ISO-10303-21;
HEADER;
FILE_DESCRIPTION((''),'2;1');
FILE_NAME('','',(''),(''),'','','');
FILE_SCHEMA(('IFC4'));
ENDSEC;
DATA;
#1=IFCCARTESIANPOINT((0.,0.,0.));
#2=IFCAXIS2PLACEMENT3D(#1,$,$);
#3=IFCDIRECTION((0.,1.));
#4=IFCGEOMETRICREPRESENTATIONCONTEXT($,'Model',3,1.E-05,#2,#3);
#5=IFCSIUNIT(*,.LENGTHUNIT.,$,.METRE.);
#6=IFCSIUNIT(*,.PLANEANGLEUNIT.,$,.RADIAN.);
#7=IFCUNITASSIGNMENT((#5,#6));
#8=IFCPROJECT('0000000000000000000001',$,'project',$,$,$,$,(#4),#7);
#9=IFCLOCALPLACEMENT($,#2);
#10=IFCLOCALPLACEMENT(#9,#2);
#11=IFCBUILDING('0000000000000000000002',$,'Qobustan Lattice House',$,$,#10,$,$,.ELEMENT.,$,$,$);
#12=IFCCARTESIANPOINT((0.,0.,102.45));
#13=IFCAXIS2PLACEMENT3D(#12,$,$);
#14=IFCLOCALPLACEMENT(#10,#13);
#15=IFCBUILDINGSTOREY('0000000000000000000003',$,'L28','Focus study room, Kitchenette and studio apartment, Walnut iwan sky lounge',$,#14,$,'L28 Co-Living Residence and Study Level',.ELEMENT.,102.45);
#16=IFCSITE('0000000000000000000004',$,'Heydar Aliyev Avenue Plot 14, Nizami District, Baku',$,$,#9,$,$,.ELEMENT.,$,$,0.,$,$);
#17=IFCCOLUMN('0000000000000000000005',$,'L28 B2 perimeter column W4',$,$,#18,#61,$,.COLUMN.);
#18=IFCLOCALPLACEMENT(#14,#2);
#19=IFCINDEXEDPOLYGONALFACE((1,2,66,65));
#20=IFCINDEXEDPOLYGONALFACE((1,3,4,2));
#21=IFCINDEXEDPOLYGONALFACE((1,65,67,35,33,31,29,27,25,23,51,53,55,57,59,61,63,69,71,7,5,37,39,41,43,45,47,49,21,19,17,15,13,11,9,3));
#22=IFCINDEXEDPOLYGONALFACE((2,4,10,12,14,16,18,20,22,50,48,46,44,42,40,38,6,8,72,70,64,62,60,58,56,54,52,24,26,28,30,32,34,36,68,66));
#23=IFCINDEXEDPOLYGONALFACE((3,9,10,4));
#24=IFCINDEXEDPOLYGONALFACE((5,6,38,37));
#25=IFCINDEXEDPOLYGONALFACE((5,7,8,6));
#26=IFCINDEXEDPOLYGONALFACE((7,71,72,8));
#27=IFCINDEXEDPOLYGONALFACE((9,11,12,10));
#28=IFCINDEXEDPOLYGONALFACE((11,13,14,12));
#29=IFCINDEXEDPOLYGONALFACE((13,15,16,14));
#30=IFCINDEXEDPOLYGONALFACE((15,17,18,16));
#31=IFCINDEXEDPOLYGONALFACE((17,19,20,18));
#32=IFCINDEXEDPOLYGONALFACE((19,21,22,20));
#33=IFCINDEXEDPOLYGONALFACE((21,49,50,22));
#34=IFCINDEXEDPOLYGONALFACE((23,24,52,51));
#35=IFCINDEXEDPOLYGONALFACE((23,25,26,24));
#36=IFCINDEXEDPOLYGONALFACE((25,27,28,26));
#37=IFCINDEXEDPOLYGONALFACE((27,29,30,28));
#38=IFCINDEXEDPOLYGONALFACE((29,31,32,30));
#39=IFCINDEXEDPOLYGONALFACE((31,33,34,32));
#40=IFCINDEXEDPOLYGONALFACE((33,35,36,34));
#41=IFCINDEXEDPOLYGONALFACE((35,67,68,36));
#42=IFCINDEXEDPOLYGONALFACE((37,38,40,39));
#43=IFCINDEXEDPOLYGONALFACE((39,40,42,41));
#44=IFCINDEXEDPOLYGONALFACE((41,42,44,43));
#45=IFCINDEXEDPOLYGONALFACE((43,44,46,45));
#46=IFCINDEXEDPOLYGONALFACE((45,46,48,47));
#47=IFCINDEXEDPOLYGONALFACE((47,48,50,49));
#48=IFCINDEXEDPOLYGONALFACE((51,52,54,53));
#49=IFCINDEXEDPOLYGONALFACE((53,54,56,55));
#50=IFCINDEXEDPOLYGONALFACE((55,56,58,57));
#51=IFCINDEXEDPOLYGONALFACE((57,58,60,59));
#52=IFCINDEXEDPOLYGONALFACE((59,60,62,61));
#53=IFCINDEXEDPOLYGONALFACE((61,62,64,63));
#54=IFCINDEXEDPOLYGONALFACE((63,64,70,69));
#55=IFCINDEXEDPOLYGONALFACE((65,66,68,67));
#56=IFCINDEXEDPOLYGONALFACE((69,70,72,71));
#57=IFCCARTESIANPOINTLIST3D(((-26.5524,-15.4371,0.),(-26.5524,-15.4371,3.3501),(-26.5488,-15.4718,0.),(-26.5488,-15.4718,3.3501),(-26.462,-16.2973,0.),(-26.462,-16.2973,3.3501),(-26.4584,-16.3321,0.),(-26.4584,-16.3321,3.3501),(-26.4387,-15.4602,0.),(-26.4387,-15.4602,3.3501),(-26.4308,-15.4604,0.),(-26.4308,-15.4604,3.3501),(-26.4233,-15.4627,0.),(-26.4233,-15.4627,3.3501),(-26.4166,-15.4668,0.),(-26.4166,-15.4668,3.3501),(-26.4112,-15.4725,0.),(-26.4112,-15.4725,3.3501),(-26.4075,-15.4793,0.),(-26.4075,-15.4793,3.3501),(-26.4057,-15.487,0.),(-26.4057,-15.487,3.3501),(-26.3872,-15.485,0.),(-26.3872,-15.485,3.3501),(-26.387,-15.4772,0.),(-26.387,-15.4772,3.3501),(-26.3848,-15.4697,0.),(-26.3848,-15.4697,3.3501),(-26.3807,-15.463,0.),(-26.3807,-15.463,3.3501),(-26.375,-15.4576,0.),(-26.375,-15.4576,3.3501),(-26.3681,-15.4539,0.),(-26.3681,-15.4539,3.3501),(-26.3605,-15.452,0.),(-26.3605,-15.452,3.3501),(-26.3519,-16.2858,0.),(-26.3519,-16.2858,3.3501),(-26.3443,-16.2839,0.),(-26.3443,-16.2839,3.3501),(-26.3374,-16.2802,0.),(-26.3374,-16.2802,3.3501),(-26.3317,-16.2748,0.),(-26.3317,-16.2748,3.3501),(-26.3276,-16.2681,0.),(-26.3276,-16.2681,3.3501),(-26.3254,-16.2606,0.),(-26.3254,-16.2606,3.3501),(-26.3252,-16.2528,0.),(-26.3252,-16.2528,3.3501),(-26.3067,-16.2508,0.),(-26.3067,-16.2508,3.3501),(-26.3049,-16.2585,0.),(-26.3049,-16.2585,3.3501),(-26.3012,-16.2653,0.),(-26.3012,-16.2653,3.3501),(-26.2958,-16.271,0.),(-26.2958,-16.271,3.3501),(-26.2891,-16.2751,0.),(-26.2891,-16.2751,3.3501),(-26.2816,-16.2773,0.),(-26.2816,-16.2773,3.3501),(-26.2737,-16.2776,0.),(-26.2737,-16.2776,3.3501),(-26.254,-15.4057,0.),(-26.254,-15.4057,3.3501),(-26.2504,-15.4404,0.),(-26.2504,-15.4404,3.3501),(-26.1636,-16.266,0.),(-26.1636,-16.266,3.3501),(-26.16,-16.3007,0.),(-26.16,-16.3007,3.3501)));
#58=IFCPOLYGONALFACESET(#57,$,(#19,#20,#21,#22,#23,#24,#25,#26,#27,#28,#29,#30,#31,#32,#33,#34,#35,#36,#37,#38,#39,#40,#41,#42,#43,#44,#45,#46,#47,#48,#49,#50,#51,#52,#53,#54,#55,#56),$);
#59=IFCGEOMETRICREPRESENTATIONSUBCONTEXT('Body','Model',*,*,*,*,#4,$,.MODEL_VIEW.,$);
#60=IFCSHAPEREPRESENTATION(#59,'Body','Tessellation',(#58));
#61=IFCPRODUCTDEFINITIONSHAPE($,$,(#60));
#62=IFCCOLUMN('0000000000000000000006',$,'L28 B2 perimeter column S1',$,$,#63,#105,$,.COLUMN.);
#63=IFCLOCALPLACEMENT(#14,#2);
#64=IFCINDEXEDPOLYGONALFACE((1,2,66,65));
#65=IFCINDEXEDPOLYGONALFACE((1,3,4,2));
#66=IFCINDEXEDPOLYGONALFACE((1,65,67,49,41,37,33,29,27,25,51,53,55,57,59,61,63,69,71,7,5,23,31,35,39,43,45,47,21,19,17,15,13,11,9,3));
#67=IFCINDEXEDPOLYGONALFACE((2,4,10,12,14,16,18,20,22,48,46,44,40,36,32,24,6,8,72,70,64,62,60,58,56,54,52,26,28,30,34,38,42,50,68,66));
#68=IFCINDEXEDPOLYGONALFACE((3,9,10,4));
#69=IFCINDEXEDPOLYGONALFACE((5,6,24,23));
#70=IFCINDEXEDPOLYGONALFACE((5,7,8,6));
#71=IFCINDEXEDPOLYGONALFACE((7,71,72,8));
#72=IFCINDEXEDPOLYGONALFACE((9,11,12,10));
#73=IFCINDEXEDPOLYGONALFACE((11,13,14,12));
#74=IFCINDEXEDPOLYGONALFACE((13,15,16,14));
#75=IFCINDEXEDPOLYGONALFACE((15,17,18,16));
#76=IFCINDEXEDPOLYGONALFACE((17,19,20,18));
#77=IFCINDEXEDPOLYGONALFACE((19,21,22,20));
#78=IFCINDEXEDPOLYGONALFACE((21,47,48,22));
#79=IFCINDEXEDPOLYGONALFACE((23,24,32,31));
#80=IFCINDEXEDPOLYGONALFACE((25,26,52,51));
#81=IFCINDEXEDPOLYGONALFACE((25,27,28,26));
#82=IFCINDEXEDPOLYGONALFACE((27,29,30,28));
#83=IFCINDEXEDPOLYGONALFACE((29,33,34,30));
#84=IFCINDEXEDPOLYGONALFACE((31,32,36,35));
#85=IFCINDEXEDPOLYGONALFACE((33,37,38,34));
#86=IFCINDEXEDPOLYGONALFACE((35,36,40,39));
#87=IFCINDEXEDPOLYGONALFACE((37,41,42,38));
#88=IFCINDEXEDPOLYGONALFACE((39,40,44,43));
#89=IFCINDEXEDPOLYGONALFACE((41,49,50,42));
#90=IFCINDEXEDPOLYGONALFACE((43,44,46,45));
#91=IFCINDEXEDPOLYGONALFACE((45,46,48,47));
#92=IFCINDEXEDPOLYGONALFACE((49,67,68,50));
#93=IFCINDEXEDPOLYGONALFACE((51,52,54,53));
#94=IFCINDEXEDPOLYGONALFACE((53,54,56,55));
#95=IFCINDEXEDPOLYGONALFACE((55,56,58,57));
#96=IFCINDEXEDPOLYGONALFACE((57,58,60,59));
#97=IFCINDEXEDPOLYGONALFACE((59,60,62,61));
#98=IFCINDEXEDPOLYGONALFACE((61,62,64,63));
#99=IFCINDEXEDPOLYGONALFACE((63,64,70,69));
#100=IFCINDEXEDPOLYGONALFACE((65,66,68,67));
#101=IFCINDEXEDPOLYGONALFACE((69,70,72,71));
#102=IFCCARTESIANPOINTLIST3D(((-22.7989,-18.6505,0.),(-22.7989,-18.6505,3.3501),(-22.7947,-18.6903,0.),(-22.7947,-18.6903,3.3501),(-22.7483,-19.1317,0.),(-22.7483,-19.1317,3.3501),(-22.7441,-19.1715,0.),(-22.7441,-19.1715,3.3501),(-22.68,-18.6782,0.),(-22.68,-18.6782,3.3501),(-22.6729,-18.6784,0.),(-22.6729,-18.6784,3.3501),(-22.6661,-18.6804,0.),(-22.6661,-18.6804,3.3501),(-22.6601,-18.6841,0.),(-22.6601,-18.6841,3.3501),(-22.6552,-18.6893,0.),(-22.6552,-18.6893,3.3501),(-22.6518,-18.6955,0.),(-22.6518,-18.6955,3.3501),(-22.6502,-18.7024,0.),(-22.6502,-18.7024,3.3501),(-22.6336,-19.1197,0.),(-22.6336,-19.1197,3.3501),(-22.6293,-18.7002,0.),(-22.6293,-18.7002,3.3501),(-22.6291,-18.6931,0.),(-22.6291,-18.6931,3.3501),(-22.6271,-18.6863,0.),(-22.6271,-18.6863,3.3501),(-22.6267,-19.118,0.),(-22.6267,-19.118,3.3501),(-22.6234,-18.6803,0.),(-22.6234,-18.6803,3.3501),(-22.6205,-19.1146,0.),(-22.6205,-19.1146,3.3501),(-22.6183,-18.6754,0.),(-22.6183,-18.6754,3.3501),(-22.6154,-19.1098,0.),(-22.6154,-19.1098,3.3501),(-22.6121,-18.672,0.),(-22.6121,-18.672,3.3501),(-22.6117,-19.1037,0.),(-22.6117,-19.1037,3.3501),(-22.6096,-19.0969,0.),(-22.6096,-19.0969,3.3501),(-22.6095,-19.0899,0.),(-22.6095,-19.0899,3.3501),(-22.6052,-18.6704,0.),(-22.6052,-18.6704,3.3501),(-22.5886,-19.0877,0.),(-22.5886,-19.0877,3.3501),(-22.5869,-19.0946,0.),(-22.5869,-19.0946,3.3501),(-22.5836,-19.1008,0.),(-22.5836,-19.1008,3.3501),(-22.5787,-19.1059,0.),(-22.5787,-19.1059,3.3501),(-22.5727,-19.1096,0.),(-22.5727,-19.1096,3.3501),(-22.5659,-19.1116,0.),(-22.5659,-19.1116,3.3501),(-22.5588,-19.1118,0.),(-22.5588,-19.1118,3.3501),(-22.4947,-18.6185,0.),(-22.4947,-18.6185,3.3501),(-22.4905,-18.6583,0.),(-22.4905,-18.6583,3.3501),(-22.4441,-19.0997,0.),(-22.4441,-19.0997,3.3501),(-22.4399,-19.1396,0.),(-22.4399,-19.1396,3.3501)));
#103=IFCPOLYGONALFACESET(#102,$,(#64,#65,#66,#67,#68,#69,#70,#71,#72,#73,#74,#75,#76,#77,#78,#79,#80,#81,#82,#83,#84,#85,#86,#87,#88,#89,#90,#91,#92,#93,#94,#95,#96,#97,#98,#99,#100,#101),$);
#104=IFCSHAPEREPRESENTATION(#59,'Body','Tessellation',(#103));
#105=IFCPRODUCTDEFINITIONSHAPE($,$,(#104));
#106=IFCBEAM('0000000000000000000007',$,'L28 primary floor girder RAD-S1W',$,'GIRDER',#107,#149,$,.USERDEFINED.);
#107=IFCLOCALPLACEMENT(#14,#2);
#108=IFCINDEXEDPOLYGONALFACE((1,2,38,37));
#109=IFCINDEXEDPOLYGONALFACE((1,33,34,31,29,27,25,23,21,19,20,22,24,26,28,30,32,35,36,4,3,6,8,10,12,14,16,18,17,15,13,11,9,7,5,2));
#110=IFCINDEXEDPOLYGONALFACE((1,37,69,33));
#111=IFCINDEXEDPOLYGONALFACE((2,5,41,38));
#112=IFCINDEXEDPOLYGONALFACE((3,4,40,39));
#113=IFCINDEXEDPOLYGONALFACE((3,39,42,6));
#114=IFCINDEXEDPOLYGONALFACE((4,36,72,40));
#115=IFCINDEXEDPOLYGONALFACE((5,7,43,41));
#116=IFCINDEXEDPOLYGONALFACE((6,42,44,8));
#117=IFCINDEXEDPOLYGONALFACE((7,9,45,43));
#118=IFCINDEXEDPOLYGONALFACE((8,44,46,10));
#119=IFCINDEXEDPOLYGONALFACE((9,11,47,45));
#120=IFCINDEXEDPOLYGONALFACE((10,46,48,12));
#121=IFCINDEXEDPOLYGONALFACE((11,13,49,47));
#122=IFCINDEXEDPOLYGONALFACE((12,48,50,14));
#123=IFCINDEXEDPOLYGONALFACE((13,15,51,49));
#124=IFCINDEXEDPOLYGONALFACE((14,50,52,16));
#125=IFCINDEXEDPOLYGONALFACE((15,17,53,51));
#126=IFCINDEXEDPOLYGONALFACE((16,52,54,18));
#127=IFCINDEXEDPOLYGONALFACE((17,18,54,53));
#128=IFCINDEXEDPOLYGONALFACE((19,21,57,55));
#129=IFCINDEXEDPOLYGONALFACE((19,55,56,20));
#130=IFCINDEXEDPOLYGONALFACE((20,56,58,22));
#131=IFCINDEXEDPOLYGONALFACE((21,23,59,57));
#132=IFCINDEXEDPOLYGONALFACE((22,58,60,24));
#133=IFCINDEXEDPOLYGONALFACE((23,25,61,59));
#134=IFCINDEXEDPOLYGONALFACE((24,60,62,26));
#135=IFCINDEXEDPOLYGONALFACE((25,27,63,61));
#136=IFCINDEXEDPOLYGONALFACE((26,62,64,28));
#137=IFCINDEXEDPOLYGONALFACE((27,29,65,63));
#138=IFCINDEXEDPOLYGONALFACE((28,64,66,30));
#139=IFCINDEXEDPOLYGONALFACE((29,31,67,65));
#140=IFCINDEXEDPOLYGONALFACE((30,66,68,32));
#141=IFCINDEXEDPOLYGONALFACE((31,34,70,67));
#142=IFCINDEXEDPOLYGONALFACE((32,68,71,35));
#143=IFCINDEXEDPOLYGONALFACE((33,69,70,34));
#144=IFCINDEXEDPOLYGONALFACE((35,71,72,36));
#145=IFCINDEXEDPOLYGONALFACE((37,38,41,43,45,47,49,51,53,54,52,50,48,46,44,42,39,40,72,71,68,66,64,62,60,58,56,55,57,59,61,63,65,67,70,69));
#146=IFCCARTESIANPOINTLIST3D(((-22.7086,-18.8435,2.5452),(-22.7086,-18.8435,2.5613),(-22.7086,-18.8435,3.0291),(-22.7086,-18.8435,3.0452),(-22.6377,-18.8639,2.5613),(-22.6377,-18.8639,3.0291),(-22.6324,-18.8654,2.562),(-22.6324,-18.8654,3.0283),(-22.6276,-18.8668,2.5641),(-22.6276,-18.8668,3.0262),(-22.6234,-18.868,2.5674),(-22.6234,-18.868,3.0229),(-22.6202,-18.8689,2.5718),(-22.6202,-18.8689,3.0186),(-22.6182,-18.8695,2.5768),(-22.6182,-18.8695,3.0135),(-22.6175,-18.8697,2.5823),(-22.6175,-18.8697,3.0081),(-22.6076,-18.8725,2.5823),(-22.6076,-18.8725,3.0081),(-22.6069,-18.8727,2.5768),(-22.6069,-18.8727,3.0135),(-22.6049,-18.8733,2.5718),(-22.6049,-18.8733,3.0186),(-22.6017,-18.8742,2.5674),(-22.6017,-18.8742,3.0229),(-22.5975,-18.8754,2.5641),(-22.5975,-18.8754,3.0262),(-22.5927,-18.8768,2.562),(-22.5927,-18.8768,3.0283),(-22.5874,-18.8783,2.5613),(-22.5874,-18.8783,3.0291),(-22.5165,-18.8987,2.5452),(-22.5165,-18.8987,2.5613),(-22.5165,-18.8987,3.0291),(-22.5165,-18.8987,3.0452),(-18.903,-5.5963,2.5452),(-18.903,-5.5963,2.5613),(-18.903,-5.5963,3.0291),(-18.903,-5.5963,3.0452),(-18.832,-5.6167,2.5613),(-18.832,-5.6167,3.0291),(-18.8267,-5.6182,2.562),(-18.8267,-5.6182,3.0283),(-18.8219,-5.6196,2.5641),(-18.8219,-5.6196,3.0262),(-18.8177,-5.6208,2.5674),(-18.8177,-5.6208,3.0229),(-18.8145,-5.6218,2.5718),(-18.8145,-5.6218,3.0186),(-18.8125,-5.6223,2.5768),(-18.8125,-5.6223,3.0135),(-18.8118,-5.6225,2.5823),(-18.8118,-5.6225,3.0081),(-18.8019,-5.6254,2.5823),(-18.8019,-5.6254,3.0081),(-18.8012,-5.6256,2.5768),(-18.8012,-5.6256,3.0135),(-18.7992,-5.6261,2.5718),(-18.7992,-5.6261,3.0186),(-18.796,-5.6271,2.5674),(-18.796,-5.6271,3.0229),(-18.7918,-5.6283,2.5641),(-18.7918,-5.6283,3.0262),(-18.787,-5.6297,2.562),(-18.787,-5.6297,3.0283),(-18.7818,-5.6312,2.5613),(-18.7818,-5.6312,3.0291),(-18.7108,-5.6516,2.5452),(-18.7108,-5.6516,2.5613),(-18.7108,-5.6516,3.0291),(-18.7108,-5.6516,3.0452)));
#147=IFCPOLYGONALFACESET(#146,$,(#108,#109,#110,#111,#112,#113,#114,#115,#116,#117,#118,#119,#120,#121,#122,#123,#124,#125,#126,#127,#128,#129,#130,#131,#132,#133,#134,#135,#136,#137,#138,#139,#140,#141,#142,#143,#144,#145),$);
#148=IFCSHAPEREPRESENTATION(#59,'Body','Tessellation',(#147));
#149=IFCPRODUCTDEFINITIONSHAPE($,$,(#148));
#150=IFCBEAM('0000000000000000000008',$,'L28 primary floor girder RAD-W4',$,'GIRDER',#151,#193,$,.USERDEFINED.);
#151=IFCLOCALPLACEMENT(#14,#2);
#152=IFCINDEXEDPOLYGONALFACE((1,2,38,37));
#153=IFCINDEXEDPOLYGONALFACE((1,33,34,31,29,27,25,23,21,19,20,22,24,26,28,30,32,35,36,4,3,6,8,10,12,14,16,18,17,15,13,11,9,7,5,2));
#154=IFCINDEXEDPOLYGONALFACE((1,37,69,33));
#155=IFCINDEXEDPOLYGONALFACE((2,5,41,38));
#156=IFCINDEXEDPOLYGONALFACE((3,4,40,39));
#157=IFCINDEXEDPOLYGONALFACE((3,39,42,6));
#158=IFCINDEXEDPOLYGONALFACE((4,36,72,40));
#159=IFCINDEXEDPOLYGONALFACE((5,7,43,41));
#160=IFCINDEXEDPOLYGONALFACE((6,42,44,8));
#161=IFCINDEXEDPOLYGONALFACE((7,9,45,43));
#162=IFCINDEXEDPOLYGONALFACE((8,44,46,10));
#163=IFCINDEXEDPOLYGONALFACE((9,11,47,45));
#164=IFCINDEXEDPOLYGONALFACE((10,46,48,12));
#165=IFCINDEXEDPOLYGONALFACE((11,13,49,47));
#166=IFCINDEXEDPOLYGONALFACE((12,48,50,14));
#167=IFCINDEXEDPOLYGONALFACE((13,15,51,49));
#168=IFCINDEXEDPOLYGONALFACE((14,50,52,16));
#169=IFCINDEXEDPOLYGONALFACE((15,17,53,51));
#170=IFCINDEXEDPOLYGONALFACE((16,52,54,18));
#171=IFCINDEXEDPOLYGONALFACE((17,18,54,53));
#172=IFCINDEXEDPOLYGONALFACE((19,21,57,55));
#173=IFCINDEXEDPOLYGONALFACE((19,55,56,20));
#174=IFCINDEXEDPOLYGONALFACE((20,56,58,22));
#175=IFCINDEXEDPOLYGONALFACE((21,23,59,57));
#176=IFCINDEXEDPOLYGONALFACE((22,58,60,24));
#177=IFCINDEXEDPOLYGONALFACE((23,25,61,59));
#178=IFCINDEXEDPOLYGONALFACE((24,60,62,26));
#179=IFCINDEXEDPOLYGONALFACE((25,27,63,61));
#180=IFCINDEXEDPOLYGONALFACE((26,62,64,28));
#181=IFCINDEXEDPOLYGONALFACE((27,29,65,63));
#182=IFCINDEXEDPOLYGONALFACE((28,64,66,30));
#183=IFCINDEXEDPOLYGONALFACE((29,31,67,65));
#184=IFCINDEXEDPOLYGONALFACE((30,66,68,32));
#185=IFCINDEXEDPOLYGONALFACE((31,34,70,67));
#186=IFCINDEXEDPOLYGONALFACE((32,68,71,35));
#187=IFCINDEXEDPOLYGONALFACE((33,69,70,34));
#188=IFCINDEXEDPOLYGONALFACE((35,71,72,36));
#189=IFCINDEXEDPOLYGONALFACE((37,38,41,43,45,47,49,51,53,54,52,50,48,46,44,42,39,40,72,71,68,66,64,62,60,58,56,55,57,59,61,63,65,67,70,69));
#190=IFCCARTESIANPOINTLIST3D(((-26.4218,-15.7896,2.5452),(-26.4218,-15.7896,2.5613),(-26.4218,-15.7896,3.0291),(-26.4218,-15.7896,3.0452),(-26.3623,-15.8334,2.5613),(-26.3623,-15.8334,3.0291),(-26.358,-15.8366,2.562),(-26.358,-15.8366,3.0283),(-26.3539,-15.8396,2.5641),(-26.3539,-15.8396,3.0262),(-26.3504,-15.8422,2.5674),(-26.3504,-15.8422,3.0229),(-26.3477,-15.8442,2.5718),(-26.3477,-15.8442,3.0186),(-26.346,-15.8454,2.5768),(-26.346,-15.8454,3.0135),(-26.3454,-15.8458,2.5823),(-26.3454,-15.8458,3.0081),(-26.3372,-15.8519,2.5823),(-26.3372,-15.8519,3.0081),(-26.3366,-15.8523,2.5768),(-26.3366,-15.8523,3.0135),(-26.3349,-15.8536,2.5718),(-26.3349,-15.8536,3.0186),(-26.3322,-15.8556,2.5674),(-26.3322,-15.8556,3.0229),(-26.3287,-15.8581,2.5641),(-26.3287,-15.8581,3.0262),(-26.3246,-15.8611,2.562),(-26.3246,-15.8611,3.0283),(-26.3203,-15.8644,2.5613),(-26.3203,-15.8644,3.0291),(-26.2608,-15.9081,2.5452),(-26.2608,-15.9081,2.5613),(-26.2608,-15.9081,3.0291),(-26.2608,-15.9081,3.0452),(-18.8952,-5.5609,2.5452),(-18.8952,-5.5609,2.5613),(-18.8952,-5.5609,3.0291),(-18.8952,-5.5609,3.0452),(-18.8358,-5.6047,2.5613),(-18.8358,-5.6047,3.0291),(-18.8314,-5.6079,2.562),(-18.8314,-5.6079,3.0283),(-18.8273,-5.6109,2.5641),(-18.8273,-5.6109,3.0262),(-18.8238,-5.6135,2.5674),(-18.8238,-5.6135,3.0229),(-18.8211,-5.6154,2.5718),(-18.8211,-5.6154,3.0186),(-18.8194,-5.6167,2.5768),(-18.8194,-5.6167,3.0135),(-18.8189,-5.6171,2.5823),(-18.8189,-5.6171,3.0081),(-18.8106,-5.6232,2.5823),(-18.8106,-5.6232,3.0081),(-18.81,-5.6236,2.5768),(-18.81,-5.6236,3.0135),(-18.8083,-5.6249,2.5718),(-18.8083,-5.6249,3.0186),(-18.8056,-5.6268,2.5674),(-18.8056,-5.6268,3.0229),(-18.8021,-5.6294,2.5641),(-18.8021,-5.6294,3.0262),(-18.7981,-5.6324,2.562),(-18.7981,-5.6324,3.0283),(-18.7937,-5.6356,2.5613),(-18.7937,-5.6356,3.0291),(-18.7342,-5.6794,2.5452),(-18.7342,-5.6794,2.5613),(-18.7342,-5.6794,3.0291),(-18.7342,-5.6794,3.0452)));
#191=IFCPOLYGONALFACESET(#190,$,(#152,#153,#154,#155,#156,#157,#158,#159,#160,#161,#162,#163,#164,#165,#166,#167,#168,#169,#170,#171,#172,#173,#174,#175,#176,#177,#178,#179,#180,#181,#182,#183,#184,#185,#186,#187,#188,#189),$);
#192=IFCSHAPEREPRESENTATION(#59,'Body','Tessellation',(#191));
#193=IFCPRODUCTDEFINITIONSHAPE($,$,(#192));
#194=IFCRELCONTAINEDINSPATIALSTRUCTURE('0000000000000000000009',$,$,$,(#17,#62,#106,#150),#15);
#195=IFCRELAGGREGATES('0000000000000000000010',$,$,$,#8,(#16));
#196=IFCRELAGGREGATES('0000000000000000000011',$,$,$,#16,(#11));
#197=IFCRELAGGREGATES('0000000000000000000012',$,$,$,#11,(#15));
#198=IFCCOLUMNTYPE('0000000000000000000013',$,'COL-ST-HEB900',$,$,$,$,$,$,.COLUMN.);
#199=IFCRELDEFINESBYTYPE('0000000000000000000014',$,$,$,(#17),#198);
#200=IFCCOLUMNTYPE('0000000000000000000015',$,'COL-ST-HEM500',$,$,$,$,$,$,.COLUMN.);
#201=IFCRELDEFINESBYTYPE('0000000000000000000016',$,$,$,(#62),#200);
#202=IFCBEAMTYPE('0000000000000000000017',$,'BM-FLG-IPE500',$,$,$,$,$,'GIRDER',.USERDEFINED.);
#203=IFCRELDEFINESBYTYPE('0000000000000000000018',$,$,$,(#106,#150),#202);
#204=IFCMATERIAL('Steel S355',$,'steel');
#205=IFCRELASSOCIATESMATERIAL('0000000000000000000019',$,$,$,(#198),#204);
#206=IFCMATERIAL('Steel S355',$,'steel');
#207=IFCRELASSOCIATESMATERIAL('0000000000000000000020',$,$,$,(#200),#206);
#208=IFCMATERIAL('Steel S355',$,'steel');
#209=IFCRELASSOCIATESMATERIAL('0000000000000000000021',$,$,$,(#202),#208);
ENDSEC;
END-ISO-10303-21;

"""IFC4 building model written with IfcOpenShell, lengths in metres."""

from ifc_helpers import new_model, si_unit, direction, frame, origin, origin_2d, place, context, subcontext, project, spatial, i_section, extrude, material, material_profile, profile_set, type_object, element, save


model = new_model("IFC4")

# Units and contexts
model_context = context("Model", 3, precision=1e-05, world=origin(), true_north=direction((0.0, 1.0)))
body_context = subcontext(model_context, "Body", "Model", "MODEL_VIEW")
ifc_project = project(units=[si_unit("LENGTHUNIT", "METRE"), si_unit("PLANEANGLEUNIT", "RADIAN")], contexts=[model_context])

# Site, building, storey
site_placement = place(None, origin())
site = spatial("IfcSite", under=ifc_project, at=site_placement, Name="Heydar Aliyev Avenue Plot 14, Nizami District, Baku", CompositionType="ELEMENT", RefElevation=0.0)
building_placement = place(site_placement, origin())
building = spatial("IfcBuilding", under=site, at=building_placement, Name="Qobustan Lattice House", CompositionType="ELEMENT")
storey_placement = place(building_placement, frame((0.0, 0.0, 102.45)))
storey = spatial("IfcBuildingStorey", under=building, at=storey_placement, Name="L28", Description="Focus study room, Kitchenette and studio apartment, Walnut iwan sky lounge", LongName="L28 Co-Living Residence and Study Level", CompositionType="ELEMENT", Elevation=102.45)

# Columns
ifc_material_1 = material(Name="Steel S355", Category="steel")
ifc_material_profile_1 = material_profile(ifc_material_1, i_section(OverallWidth=0.3, OverallDepth=0.8999, WebThickness=0.0186, FlangeThickness=0.0349, FilletRadius=0.03, at=origin_2d()), Name="HEB900")
ifc_profile_set_1 = profile_set([ifc_material_profile_1], Name="Steel S355")
column_type_1 = type_object("IfcColumnType", Name="COL-ST-HEB900", PredefinedType="COLUMN", material=ifc_profile_set_1)
column_1_placement = place(storey_placement, frame((-26.3562, -15.8689, 0.0), z_axis=(0.0, 0.0, 1.0), x_axis=(0.994522, 0.104528, 0.0)))
element("IfcColumn", 1, at=column_1_placement, inside=storey, type_object=column_type_1, Name="L28 B2 perimeter column W4", PredefinedType="COLUMN", context=body_context, shape_type="SweptSolid", body=[
    extrude(i_section(OverallWidth=0.3, OverallDepth=0.8999, WebThickness=0.0186, FlangeThickness=0.0349, FilletRadius=0.03, at=origin_2d()), origin(), (0.0, 0.0, 1.0), 3.3501),
])
ifc_material_2 = material(Name="Steel S355", Category="steel")
ifc_material_profile_2 = material_profile(ifc_material_2, i_section(OverallWidth=0.3059, OverallDepth=0.5239, WebThickness=0.021, FlangeThickness=0.04, FilletRadius=0.0271, at=origin_2d()), Name="HEM500")
ifc_profile_set_2 = profile_set([ifc_material_profile_2], Name="Steel S355")
column_type_2 = type_object("IfcColumnType", Name="COL-ST-HEM500", PredefinedType="COLUMN", material=ifc_profile_set_2)
column_2_placement = place(storey_placement, frame((-22.6194, -18.895, 0.0), z_axis=(0.0, 0.0, 1.0), x_axis=(0.994522, 0.104528, 0.0)))
element("IfcColumn", 2, at=column_2_placement, inside=storey, type_object=column_type_2, Name="L28 B2 perimeter column S1", PredefinedType="COLUMN", context=body_context, shape_type="SweptSolid", body=[
    extrude(i_section(OverallWidth=0.3059, OverallDepth=0.5239, WebThickness=0.021, FlangeThickness=0.04, FilletRadius=0.0271, at=origin_2d()), origin(), (0.0, 0.0, 1.0), 3.3501),
])

# Beams
ifc_material_3 = material(Name="Steel S355", Category="steel")
ifc_material_profile_3 = material_profile(ifc_material_3, i_section(OverallWidth=0.2, OverallDepth=0.5, WebThickness=0.0103, FlangeThickness=0.0161, FilletRadius=0.021, at=origin_2d()), Name="IPE500")
ifc_profile_set_3 = profile_set([ifc_material_profile_3], Name="Steel S355")
beam_type_1 = type_object("IfcBeamType", Name="BM-FLG-IPE500", ElementType="GIRDER", PredefinedType="USERDEFINED", material=ifc_profile_set_3)
beam_1_placement = place(storey_placement, frame((-22.6125, -18.8711, 2.7952), z_axis=(0.276115, 0.961125, 0.0), x_axis=(-0.961125, 0.276115, 0.0)))
element("IfcBeam", 3, at=beam_1_placement, inside=storey, type_object=beam_type_1, Name="L28 primary floor girder RAD-S1W", ObjectType="GIRDER", PredefinedType="USERDEFINED", context=body_context, shape_type="SweptSolid", body=[
    extrude(i_section(OverallWidth=0.2, OverallDepth=0.5, WebThickness=0.0103, FlangeThickness=0.0161, FilletRadius=0.021, at=origin_2d()), origin(), (0.0, 0.0, 1.0), 13.783),
])
beam_2_placement = place(storey_placement, frame((-26.3413, -15.8489, 2.7952), z_axis=(0.59267, 0.805446, 0.0), x_axis=(-0.805446, 0.59267, 0.0)))
element("IfcBeam", 4, at=beam_2_placement, inside=storey, type_object=beam_type_1, Name="L28 primary floor girder RAD-W4", ObjectType="GIRDER", PredefinedType="USERDEFINED", context=body_context, shape_type="SweptSolid", body=[
    extrude(i_section(OverallWidth=0.2, OverallDepth=0.5, WebThickness=0.0103, FlangeThickness=0.0161, FilletRadius=0.021, at=origin_2d()), origin(), (0.0, 0.0, 1.0), 12.6995),
])

save(model, "model.ifc")
